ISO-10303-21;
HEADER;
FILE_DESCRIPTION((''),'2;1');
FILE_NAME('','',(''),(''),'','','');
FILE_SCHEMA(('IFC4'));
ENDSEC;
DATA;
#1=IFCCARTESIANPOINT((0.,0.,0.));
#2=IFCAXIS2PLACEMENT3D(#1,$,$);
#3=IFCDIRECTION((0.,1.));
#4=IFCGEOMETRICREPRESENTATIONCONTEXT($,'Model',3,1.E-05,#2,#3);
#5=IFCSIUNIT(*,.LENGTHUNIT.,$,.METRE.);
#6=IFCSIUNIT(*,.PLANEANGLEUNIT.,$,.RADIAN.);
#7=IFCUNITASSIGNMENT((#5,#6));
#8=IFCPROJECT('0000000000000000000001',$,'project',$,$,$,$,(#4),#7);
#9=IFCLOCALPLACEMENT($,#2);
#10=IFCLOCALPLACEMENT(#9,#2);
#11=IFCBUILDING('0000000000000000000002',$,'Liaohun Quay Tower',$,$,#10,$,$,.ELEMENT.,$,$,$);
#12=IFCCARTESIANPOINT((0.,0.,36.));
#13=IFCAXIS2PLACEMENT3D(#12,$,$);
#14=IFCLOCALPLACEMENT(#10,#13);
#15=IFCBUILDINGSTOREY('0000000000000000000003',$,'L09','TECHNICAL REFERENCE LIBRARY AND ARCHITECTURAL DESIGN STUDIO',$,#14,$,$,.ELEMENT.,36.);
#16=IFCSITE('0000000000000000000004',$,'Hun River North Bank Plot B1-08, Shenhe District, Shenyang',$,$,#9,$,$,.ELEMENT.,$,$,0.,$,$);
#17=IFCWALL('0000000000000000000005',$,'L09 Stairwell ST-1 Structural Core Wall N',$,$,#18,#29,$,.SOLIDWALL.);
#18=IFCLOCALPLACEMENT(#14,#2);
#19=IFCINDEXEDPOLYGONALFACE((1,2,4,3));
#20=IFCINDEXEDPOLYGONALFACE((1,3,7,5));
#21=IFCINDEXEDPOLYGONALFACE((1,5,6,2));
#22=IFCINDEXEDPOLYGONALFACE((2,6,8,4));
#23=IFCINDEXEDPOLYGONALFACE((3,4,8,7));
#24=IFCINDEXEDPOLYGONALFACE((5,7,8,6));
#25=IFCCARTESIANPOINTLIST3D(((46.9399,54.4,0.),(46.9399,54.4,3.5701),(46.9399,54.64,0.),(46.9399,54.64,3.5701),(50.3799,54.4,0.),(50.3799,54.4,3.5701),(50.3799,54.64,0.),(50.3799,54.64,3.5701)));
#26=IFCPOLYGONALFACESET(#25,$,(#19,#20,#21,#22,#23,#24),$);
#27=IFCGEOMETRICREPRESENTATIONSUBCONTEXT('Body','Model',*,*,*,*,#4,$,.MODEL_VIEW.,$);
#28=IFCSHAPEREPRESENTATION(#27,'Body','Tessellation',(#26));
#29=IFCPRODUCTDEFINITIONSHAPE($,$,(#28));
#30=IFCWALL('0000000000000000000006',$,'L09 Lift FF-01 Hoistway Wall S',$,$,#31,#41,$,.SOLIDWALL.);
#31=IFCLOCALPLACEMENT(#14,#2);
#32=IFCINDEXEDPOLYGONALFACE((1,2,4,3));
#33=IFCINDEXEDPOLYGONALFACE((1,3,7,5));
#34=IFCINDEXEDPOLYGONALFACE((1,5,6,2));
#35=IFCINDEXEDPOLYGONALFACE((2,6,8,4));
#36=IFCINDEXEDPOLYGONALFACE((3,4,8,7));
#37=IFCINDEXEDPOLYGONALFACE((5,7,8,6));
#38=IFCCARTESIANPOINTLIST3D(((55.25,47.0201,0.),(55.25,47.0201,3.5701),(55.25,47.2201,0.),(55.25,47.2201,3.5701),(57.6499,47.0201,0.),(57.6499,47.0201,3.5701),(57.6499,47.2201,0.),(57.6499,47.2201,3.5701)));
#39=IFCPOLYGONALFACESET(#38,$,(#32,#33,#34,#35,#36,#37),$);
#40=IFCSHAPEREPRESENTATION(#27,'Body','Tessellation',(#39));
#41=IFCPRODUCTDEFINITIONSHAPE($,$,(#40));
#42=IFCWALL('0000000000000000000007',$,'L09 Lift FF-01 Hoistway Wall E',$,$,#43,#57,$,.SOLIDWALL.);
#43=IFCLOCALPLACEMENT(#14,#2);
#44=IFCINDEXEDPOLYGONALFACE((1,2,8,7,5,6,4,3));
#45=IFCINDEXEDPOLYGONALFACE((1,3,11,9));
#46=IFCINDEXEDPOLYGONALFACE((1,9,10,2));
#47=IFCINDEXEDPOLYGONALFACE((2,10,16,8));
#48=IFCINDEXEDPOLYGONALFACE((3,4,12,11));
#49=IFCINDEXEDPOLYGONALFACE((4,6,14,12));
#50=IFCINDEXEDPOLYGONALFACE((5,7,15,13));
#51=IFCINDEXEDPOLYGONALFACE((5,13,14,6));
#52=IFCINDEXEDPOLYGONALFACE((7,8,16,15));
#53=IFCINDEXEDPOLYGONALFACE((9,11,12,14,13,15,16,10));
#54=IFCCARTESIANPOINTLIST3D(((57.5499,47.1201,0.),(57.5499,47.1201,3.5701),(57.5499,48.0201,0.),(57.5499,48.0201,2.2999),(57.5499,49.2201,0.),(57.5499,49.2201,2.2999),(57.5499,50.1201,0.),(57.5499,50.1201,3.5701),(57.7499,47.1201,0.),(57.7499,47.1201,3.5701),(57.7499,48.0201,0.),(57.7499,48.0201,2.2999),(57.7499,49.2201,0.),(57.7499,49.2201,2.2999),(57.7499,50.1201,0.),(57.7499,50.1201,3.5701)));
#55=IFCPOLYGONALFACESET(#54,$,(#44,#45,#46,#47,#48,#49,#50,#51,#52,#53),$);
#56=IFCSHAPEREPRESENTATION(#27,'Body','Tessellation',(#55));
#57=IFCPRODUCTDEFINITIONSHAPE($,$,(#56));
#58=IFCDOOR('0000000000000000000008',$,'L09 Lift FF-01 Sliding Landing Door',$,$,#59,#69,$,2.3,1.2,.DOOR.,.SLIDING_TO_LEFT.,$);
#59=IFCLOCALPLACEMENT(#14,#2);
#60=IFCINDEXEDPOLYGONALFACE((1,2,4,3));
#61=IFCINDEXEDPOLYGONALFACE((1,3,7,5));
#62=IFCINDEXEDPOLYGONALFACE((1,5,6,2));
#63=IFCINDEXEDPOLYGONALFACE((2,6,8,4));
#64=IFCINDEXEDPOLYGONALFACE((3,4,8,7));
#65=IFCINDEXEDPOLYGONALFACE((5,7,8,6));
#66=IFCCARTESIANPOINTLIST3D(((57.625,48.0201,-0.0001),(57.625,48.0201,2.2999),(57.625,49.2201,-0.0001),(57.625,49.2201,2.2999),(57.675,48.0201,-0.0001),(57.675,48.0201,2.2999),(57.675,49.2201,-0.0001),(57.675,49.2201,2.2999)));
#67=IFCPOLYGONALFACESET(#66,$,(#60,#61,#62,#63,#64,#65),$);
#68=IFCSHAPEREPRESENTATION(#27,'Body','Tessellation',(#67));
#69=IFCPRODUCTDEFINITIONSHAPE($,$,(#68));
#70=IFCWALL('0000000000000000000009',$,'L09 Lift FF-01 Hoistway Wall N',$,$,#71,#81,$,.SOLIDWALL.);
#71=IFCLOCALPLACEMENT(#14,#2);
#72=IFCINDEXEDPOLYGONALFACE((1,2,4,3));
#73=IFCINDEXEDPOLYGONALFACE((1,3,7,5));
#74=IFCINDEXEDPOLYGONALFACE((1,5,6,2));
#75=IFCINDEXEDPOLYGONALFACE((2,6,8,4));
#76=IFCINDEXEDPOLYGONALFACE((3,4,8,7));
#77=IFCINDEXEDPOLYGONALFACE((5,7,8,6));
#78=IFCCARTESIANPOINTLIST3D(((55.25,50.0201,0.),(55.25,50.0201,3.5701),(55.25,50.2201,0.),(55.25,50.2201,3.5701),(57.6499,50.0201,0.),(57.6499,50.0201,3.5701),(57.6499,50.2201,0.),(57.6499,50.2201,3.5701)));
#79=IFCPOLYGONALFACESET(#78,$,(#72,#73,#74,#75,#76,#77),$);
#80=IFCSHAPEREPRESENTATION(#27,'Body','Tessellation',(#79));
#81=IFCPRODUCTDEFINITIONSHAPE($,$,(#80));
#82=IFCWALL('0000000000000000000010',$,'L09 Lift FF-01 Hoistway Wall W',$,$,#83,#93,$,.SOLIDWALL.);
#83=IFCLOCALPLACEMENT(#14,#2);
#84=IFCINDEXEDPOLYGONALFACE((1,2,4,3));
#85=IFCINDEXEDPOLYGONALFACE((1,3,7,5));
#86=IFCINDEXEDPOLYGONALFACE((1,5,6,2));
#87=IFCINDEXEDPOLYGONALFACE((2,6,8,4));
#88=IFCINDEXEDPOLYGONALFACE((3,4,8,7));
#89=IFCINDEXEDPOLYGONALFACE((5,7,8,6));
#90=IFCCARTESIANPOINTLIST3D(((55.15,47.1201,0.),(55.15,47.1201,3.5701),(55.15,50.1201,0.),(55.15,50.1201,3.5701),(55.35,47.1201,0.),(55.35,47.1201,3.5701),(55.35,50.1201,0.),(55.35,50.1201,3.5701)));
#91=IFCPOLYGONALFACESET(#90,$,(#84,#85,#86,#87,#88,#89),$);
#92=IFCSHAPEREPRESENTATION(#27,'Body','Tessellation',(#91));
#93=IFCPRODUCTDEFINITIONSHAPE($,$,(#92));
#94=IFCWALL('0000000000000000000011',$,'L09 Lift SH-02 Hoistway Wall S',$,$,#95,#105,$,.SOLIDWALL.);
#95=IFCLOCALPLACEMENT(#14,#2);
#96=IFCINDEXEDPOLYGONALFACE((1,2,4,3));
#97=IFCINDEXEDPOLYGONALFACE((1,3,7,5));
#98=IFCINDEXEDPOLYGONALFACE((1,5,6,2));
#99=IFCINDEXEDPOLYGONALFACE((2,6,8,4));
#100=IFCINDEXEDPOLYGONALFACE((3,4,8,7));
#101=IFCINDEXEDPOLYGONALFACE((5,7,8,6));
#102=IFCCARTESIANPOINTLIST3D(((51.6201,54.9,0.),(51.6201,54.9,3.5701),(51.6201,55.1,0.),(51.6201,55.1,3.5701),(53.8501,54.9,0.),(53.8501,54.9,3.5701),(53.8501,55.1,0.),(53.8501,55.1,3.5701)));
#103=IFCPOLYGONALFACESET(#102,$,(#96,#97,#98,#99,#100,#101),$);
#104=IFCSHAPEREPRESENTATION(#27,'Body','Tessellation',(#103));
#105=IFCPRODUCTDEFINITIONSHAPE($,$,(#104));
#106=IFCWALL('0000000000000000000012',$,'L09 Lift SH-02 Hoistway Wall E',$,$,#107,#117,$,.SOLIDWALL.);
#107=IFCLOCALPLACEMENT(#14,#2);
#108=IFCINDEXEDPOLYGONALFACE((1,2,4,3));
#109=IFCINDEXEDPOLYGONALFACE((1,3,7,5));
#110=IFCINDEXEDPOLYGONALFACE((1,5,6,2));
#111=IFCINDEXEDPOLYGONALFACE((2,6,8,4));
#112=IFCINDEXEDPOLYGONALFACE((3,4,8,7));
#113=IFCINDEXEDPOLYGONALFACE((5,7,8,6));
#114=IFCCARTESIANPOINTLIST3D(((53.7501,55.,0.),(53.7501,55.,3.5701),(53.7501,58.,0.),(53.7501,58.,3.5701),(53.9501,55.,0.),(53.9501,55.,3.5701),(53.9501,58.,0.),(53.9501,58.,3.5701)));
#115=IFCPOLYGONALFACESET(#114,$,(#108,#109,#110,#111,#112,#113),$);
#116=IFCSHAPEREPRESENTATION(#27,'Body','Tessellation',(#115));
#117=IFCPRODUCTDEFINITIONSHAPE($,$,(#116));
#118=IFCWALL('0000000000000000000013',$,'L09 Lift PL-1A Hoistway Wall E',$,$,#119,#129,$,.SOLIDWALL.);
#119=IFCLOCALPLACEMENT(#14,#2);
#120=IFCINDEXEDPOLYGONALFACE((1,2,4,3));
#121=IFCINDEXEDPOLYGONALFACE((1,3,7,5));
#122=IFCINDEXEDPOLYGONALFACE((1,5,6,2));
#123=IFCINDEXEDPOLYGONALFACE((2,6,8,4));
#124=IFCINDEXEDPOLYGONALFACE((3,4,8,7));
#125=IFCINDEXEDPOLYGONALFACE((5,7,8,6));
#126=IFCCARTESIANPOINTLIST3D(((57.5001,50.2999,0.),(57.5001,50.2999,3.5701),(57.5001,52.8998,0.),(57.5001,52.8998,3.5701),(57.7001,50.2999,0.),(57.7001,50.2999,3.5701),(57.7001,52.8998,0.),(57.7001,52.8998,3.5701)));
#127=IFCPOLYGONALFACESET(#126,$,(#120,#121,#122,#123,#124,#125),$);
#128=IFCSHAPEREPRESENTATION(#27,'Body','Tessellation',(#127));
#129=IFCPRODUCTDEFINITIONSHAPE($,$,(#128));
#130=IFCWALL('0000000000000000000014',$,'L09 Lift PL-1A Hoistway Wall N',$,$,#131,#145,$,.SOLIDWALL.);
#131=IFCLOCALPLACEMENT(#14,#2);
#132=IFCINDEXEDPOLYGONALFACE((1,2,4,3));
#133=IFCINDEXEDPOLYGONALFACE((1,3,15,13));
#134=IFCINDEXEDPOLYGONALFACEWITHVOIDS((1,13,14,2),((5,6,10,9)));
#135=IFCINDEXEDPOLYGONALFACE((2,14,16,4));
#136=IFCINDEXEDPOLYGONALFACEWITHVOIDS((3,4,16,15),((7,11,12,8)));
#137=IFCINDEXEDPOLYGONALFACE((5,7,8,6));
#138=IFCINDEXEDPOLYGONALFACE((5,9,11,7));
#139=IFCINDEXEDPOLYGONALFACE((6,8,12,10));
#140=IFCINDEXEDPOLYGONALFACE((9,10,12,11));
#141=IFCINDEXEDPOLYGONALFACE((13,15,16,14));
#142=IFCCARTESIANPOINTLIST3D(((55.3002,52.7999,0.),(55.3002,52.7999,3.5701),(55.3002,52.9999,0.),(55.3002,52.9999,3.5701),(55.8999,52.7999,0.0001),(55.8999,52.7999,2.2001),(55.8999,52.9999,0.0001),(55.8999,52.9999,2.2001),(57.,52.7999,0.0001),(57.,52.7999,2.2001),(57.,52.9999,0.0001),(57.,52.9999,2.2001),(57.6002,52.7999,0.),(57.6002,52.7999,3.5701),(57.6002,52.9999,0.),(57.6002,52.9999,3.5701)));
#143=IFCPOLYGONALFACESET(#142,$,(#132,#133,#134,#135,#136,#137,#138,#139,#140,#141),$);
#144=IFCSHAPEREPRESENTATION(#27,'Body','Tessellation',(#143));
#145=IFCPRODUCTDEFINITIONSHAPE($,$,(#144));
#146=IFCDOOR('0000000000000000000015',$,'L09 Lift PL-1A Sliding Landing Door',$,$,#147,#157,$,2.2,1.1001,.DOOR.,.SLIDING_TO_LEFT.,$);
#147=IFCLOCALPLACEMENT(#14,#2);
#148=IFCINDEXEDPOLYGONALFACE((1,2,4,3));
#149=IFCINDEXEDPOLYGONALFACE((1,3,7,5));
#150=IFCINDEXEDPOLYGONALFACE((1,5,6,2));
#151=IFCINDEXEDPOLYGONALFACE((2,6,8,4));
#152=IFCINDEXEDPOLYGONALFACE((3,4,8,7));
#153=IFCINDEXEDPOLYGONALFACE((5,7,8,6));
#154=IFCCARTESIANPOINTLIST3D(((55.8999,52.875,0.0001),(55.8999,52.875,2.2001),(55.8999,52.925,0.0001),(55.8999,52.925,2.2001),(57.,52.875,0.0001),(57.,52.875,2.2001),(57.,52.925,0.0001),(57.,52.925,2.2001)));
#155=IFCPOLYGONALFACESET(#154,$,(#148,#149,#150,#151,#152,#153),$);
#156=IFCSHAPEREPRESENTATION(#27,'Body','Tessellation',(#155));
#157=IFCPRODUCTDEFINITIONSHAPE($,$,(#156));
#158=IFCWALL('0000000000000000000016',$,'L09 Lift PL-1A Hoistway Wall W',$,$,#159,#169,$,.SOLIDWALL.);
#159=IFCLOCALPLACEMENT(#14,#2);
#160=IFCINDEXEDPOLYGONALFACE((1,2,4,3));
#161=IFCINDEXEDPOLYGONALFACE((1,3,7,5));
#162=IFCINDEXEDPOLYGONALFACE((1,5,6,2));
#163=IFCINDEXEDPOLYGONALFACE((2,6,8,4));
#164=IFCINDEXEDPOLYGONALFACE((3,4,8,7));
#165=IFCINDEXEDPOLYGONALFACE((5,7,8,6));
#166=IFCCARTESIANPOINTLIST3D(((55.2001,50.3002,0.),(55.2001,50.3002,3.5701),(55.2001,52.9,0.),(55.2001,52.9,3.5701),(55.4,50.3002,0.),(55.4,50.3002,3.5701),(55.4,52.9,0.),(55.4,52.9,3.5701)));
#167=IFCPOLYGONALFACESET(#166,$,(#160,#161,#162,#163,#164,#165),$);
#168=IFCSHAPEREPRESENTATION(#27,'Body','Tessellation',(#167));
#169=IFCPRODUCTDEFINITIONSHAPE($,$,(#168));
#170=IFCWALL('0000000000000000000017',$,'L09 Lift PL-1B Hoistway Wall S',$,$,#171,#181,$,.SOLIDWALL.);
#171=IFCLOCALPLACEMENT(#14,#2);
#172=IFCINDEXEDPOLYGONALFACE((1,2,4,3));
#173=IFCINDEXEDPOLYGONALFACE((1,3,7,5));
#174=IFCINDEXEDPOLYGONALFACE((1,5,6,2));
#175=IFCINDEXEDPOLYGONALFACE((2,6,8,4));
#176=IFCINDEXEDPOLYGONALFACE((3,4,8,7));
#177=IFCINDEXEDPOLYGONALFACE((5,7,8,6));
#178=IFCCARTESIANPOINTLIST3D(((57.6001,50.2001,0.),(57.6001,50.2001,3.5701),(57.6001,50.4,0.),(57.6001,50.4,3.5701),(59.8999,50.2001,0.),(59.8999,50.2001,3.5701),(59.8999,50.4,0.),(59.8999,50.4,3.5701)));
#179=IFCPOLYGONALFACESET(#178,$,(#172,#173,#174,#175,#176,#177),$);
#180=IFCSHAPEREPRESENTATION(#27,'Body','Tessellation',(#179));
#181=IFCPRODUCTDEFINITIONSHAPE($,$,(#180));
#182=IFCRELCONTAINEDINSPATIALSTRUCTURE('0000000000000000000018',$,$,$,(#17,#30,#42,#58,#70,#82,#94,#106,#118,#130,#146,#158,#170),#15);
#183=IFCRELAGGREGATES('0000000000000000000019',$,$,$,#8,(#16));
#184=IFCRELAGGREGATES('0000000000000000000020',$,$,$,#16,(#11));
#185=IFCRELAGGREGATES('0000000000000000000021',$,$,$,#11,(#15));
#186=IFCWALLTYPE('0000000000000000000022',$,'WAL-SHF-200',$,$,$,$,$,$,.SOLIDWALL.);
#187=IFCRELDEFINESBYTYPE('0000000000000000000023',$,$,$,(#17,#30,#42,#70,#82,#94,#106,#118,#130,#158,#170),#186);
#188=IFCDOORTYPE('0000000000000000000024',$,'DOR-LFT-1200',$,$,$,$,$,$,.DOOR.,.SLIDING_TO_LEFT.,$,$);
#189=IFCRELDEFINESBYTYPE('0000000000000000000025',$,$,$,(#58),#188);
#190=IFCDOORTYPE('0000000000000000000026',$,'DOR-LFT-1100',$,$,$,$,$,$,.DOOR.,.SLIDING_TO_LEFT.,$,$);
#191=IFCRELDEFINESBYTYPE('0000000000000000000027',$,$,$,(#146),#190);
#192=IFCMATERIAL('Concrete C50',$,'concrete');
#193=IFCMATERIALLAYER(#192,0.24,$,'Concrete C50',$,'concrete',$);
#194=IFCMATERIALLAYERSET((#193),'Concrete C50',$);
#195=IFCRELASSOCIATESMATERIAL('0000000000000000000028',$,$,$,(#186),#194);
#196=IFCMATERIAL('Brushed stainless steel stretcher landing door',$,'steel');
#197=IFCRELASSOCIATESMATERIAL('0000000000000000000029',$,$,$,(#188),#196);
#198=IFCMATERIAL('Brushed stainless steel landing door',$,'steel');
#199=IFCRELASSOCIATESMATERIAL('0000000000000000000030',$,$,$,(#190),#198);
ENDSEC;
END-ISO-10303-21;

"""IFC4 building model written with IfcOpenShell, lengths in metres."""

from ifc_helpers import new_model, si_unit, direction, frame, frame_2d, origin, place, context, subcontext, project, spatial, rectangle, extrude, source, transform, mapped, material, layer, layer_set, type_object, element, fill, save


model = new_model("IFC4")

# Units and contexts
model_context = context("Model", 3, precision=1e-05, world=origin(), true_north=direction((0.0, 1.0)))
body_context = subcontext(model_context, "Body", "Model", "MODEL_VIEW")
ifc_project = project(units=[si_unit("LENGTHUNIT", "METRE"), si_unit("PLANEANGLEUNIT", "RADIAN")], contexts=[model_context])

# Site, building, storey
site_placement = place(None, origin())
site = spatial("IfcSite", under=ifc_project, at=site_placement, Name="Hun River North Bank Plot B1-08, Shenhe District, Shenyang", CompositionType="ELEMENT", RefElevation=0.0)
building_placement = place(site_placement, origin())
building = spatial("IfcBuilding", under=site, at=building_placement, Name="Liaohun Quay Tower", CompositionType="ELEMENT")
storey_placement = place(building_placement, frame((0.0, 0.0, 36.0)))
storey = spatial("IfcBuildingStorey", under=building, at=storey_placement, Name="L09", Description="TECHNICAL REFERENCE LIBRARY AND ARCHITECTURAL DESIGN STUDIO", CompositionType="ELEMENT", Elevation=36.0)

# Shared definitions
ifc_material_1 = material(Name="Concrete C50", Category="concrete")

# Walls
ifc_layer_1 = layer(ifc_material_1, 0.24, Name="Concrete C50", Category="concrete")
ifc_layer_set_1 = layer_set([ifc_layer_1], Name="Concrete C50")
wall_type_1 = type_object("IfcWallType", Name="WAL-SHF-200", PredefinedType="SOLIDWALL", material=ifc_layer_set_1)
wall_1_placement = place(storey_placement, frame((50.3799, 54.52, 0.0), z_axis=(0.0, 0.0, 1.0), x_axis=(-1.0, 0.0, 0.0)))
element("IfcWall", 1, at=wall_1_placement, inside=storey, type_object=wall_type_1, Name="L09 Stairwell ST-1 Structural Core Wall N", PredefinedType="SOLIDWALL", context=body_context, shape_type="SweptSolid", body=[
    extrude(rectangle(XDim=3.4399, YDim=0.24, at=frame_2d((1.72, 0.0))), origin(), (0.0, 0.0, 1.0), 3.5701),
])
wall_2_placement = place(storey_placement, frame((55.25, 47.1201, 0.0), z_axis=(0.0, 0.0, 1.0), x_axis=(1.0, 0.0, 0.0)))
element("IfcWall", 2, at=wall_2_placement, inside=storey, type_object=wall_type_1, Name="L09 Lift FF-01 Hoistway Wall S", PredefinedType="SOLIDWALL", context=body_context, shape_type="SweptSolid", body=[
    extrude(rectangle(XDim=2.3999, YDim=0.2, at=frame_2d((1.2, 0.0))), origin(), (0.0, 0.0, 1.0), 3.5701),
])

# Wall, opening, door
wall_3_placement = place(storey_placement, frame((57.6499, 47.1201, 0.0), z_axis=(0.0, 0.0, 1.0), x_axis=(0.0, 1.0, 0.0)))
wall_3 = element("IfcWall", 3, at=wall_3_placement, inside=storey, type_object=wall_type_1, Name="L09 Lift FF-01 Hoistway Wall E", PredefinedType="SOLIDWALL", context=body_context, shape_type="SweptSolid", body=[
    extrude(rectangle(XDim=3.0, YDim=0.2, at=frame_2d((1.5, 0.0))), origin(), (0.0, 0.0, 1.0), 3.5701),
])
shared_shape_1 = source(origin(), body_context, "Body", "SweptSolid", [
    extrude(rectangle(XDim=1.2, YDim=2.3, at=frame_2d((0.6001, 1.1499))), frame((0.0, 0.1099, 0.0), z_axis=(0.0, -1.0, 0.0), x_axis=(1.0, 0.0, 0.0)), (0.0, 0.0, 1.0), 0.22),
])
opening_1_placement = place(wall_3_placement, frame((0.8999, 0.0, 0.0)))
opening_1 = element("IfcOpeningElement", 4, at=opening_1_placement, cuts=wall_3, PredefinedType="OPENING", context=body_context, shape_type="MappedRepresentation", body=[
    mapped(shared_shape_1, transform((0.0, 0.0, 0.0), x_axis=(1.0, 0.0, 0.0), y_axis=(0.0, 1.0, 0.0), z_axis=(0.0, 0.0, 1.0), scale=1.0)),
])
ifc_material_2 = material(Name="Brushed stainless steel stretcher landing door", Category="steel")
door_type_1 = type_object("IfcDoorType", Name="DOR-LFT-1200", OperationType="SLIDING_TO_LEFT", PredefinedType="DOOR", material=ifc_material_2)
shared_shape_2 = source(origin(), body_context, "Body", "SweptSolid", [
    extrude(rectangle(XDim=1.2, YDim=2.3, at=frame_2d((0.6001, 1.1499))), frame((0.0, 0.0249, 0.0), z_axis=(0.0, -1.0, 0.0), x_axis=(1.0, 0.0, 0.0)), (0.0, 0.0, 1.0), 0.05),
])
door_1_placement = place(opening_1_placement, origin())
door_1 = element("IfcDoor", 5, at=door_1_placement, inside=storey, type_object=door_type_1, Name="L09 Lift FF-01 Sliding Landing Door", OperationType="SLIDING_TO_LEFT", OverallHeight=2.3, OverallWidth=1.2, PredefinedType="DOOR", context=body_context, shape_type="MappedRepresentation", body=[
    mapped(shared_shape_2, transform((0.0, 0.0, 0.0), x_axis=(1.0, 0.0, 0.0), y_axis=(0.0, 1.0, 0.0), z_axis=(0.0, 0.0, 1.0), scale=1.0)),
])
fill(opening_1, door_1)

# Walls
wall_4_placement = place(storey_placement, frame((57.6499, 50.1201, 0.0), z_axis=(0.0, 0.0, 1.0), x_axis=(-1.0, 0.0, 0.0)))
element("IfcWall", 6, at=wall_4_placement, inside=storey, type_object=wall_type_1, Name="L09 Lift FF-01 Hoistway Wall N", PredefinedType="SOLIDWALL", context=body_context, shape_type="SweptSolid", body=[
    extrude(rectangle(XDim=2.3999, YDim=0.2, at=frame_2d((1.2, 0.0))), origin(), (0.0, 0.0, 1.0), 3.5701),
])
wall_5_placement = place(storey_placement, frame((55.25, 50.1201, 0.0), z_axis=(0.0, 0.0, 1.0), x_axis=(0.0, -1.0, 0.0)))
element("IfcWall", 7, at=wall_5_placement, inside=storey, type_object=wall_type_1, Name="L09 Lift FF-01 Hoistway Wall W", PredefinedType="SOLIDWALL", context=body_context, shape_type="SweptSolid", body=[
    extrude(rectangle(XDim=3.0, YDim=0.2, at=frame_2d((1.5, 0.0))), origin(), (0.0, 0.0, 1.0), 3.5701),
])
wall_6_placement = place(storey_placement, frame((51.6201, 55.0, 0.0), z_axis=(0.0, 0.0, 1.0), x_axis=(1.0, 0.0, 0.0)))
element("IfcWall", 8, at=wall_6_placement, inside=storey, type_object=wall_type_1, Name="L09 Lift SH-02 Hoistway Wall S", PredefinedType="SOLIDWALL", context=body_context, shape_type="SweptSolid", body=[
    extrude(rectangle(XDim=2.23, YDim=0.2, at=frame_2d((1.115, 0.0))), origin(), (0.0, 0.0, 1.0), 3.5701),
])
wall_7_placement = place(storey_placement, frame((53.8501, 55.0, 0.0), z_axis=(0.0, 0.0, 1.0), x_axis=(0.0, 1.0, 0.0)))
element("IfcWall", 9, at=wall_7_placement, inside=storey, type_object=wall_type_1, Name="L09 Lift SH-02 Hoistway Wall E", PredefinedType="SOLIDWALL", context=body_context, shape_type="SweptSolid", body=[
    extrude(rectangle(XDim=3.0, YDim=0.2, at=frame_2d((1.5, 0.0))), origin(), (0.0, 0.0, 1.0), 3.5701),
])
wall_8_placement = place(storey_placement, frame((57.6001, 50.3, 0.0), z_axis=(0.0, 0.0, 1.0), x_axis=(0.0, 1.0, 0.0)))
element("IfcWall", 10, at=wall_8_placement, inside=storey, type_object=wall_type_1, Name="L09 Lift PL-1A Hoistway Wall E", PredefinedType="SOLIDWALL", context=body_context, shape_type="SweptSolid", body=[
    extrude(rectangle(XDim=2.5999, YDim=0.2, at=frame_2d((1.2998, 0.0))), origin(), (0.0, 0.0, 1.0), 3.5701),
])

# Wall, opening, door
wall_9_placement = place(storey_placement, frame((57.6001, 52.8999, 0.0), z_axis=(0.0, 0.0, 1.0), x_axis=(-1.0, 0.0, 0.0)))
wall_9 = element("IfcWall", 11, at=wall_9_placement, inside=storey, type_object=wall_type_1, Name="L09 Lift PL-1A Hoistway Wall N", PredefinedType="SOLIDWALL", context=body_context, shape_type="SweptSolid", body=[
    extrude(rectangle(XDim=2.3, YDim=0.2, at=frame_2d((1.1499, 0.0))), origin(), (0.0, 0.0, 1.0), 3.5701),
])
shared_shape_3 = source(origin(), body_context, "Body", "SweptSolid", [
    extrude(rectangle(XDim=1.1001, YDim=2.2, at=frame_2d((0.55, 1.1001))), frame((0.0, 0.1099, 0.0), z_axis=(0.0, -1.0, 0.0), x_axis=(1.0, 0.0, 0.0)), (0.0, 0.0, 1.0), 0.22),
])
opening_2_placement = place(wall_9_placement, frame((0.6001, 0.0, 0.0)))
opening_2 = element("IfcOpeningElement", 12, at=opening_2_placement, cuts=wall_9, PredefinedType="OPENING", context=body_context, shape_type="MappedRepresentation", body=[
    mapped(shared_shape_3, transform((0.0, 0.0, 0.0), x_axis=(1.0, 0.0, 0.0), y_axis=(0.0, 1.0, 0.0), z_axis=(0.0, 0.0, 1.0), scale=1.0)),
])
ifc_material_3 = material(Name="Brushed stainless steel landing door", Category="steel")
door_type_2 = type_object("IfcDoorType", Name="DOR-LFT-1100", OperationType="SLIDING_TO_LEFT", PredefinedType="DOOR", material=ifc_material_3)
shared_shape_4 = source(origin(), body_context, "Body", "SweptSolid", [
    extrude(rectangle(XDim=1.1001, YDim=2.2, at=frame_2d((0.55, 1.1001))), frame((0.0, 0.0249, 0.0), z_axis=(0.0, -1.0, 0.0), x_axis=(1.0, 0.0, 0.0)), (0.0, 0.0, 1.0), 0.05),
])
door_2_placement = place(opening_2_placement, origin())
door_2 = element("IfcDoor", 13, at=door_2_placement, inside=storey, type_object=door_type_2, Name="L09 Lift PL-1A Sliding Landing Door", OperationType="SLIDING_TO_LEFT", OverallHeight=2.2, OverallWidth=1.1001, PredefinedType="DOOR", context=body_context, shape_type="MappedRepresentation", body=[
    mapped(shared_shape_4, transform((0.0, 0.0, 0.0), x_axis=(1.0, 0.0, 0.0), y_axis=(0.0, 1.0, 0.0), z_axis=(0.0, 0.0, 1.0), scale=1.0)),
])
fill(opening_2, door_2)

# Walls
wall_10_placement = place(storey_placement, frame((55.3, 52.8999, 0.0), z_axis=(0.0, 0.0, 1.0), x_axis=(0.0, -1.0, 0.0)))
element("IfcWall", 14, at=wall_10_placement, inside=storey, type_object=wall_type_1, Name="L09 Lift PL-1A Hoistway Wall W", PredefinedType="SOLIDWALL", context=body_context, shape_type="SweptSolid", body=[
    extrude(rectangle(XDim=2.5999, YDim=0.2, at=frame_2d((1.2998, 0.0))), origin(), (0.0, 0.0, 1.0), 3.5701),
])
wall_11_placement = place(storey_placement, frame((57.6001, 50.3, 0.0), z_axis=(0.0, 0.0, 1.0), x_axis=(1.0, 0.0, 0.0)))
element("IfcWall", 15, at=wall_11_placement, inside=storey, type_object=wall_type_1, Name="L09 Lift PL-1B Hoistway Wall S", PredefinedType="SOLIDWALL", context=body_context, shape_type="SweptSolid", body=[
    extrude(rectangle(XDim=2.2998, YDim=0.2, at=frame_2d((1.1499, 0.0))), origin(), (0.0, 0.0, 1.0), 3.5701),
])

save(model, "model.ifc")
